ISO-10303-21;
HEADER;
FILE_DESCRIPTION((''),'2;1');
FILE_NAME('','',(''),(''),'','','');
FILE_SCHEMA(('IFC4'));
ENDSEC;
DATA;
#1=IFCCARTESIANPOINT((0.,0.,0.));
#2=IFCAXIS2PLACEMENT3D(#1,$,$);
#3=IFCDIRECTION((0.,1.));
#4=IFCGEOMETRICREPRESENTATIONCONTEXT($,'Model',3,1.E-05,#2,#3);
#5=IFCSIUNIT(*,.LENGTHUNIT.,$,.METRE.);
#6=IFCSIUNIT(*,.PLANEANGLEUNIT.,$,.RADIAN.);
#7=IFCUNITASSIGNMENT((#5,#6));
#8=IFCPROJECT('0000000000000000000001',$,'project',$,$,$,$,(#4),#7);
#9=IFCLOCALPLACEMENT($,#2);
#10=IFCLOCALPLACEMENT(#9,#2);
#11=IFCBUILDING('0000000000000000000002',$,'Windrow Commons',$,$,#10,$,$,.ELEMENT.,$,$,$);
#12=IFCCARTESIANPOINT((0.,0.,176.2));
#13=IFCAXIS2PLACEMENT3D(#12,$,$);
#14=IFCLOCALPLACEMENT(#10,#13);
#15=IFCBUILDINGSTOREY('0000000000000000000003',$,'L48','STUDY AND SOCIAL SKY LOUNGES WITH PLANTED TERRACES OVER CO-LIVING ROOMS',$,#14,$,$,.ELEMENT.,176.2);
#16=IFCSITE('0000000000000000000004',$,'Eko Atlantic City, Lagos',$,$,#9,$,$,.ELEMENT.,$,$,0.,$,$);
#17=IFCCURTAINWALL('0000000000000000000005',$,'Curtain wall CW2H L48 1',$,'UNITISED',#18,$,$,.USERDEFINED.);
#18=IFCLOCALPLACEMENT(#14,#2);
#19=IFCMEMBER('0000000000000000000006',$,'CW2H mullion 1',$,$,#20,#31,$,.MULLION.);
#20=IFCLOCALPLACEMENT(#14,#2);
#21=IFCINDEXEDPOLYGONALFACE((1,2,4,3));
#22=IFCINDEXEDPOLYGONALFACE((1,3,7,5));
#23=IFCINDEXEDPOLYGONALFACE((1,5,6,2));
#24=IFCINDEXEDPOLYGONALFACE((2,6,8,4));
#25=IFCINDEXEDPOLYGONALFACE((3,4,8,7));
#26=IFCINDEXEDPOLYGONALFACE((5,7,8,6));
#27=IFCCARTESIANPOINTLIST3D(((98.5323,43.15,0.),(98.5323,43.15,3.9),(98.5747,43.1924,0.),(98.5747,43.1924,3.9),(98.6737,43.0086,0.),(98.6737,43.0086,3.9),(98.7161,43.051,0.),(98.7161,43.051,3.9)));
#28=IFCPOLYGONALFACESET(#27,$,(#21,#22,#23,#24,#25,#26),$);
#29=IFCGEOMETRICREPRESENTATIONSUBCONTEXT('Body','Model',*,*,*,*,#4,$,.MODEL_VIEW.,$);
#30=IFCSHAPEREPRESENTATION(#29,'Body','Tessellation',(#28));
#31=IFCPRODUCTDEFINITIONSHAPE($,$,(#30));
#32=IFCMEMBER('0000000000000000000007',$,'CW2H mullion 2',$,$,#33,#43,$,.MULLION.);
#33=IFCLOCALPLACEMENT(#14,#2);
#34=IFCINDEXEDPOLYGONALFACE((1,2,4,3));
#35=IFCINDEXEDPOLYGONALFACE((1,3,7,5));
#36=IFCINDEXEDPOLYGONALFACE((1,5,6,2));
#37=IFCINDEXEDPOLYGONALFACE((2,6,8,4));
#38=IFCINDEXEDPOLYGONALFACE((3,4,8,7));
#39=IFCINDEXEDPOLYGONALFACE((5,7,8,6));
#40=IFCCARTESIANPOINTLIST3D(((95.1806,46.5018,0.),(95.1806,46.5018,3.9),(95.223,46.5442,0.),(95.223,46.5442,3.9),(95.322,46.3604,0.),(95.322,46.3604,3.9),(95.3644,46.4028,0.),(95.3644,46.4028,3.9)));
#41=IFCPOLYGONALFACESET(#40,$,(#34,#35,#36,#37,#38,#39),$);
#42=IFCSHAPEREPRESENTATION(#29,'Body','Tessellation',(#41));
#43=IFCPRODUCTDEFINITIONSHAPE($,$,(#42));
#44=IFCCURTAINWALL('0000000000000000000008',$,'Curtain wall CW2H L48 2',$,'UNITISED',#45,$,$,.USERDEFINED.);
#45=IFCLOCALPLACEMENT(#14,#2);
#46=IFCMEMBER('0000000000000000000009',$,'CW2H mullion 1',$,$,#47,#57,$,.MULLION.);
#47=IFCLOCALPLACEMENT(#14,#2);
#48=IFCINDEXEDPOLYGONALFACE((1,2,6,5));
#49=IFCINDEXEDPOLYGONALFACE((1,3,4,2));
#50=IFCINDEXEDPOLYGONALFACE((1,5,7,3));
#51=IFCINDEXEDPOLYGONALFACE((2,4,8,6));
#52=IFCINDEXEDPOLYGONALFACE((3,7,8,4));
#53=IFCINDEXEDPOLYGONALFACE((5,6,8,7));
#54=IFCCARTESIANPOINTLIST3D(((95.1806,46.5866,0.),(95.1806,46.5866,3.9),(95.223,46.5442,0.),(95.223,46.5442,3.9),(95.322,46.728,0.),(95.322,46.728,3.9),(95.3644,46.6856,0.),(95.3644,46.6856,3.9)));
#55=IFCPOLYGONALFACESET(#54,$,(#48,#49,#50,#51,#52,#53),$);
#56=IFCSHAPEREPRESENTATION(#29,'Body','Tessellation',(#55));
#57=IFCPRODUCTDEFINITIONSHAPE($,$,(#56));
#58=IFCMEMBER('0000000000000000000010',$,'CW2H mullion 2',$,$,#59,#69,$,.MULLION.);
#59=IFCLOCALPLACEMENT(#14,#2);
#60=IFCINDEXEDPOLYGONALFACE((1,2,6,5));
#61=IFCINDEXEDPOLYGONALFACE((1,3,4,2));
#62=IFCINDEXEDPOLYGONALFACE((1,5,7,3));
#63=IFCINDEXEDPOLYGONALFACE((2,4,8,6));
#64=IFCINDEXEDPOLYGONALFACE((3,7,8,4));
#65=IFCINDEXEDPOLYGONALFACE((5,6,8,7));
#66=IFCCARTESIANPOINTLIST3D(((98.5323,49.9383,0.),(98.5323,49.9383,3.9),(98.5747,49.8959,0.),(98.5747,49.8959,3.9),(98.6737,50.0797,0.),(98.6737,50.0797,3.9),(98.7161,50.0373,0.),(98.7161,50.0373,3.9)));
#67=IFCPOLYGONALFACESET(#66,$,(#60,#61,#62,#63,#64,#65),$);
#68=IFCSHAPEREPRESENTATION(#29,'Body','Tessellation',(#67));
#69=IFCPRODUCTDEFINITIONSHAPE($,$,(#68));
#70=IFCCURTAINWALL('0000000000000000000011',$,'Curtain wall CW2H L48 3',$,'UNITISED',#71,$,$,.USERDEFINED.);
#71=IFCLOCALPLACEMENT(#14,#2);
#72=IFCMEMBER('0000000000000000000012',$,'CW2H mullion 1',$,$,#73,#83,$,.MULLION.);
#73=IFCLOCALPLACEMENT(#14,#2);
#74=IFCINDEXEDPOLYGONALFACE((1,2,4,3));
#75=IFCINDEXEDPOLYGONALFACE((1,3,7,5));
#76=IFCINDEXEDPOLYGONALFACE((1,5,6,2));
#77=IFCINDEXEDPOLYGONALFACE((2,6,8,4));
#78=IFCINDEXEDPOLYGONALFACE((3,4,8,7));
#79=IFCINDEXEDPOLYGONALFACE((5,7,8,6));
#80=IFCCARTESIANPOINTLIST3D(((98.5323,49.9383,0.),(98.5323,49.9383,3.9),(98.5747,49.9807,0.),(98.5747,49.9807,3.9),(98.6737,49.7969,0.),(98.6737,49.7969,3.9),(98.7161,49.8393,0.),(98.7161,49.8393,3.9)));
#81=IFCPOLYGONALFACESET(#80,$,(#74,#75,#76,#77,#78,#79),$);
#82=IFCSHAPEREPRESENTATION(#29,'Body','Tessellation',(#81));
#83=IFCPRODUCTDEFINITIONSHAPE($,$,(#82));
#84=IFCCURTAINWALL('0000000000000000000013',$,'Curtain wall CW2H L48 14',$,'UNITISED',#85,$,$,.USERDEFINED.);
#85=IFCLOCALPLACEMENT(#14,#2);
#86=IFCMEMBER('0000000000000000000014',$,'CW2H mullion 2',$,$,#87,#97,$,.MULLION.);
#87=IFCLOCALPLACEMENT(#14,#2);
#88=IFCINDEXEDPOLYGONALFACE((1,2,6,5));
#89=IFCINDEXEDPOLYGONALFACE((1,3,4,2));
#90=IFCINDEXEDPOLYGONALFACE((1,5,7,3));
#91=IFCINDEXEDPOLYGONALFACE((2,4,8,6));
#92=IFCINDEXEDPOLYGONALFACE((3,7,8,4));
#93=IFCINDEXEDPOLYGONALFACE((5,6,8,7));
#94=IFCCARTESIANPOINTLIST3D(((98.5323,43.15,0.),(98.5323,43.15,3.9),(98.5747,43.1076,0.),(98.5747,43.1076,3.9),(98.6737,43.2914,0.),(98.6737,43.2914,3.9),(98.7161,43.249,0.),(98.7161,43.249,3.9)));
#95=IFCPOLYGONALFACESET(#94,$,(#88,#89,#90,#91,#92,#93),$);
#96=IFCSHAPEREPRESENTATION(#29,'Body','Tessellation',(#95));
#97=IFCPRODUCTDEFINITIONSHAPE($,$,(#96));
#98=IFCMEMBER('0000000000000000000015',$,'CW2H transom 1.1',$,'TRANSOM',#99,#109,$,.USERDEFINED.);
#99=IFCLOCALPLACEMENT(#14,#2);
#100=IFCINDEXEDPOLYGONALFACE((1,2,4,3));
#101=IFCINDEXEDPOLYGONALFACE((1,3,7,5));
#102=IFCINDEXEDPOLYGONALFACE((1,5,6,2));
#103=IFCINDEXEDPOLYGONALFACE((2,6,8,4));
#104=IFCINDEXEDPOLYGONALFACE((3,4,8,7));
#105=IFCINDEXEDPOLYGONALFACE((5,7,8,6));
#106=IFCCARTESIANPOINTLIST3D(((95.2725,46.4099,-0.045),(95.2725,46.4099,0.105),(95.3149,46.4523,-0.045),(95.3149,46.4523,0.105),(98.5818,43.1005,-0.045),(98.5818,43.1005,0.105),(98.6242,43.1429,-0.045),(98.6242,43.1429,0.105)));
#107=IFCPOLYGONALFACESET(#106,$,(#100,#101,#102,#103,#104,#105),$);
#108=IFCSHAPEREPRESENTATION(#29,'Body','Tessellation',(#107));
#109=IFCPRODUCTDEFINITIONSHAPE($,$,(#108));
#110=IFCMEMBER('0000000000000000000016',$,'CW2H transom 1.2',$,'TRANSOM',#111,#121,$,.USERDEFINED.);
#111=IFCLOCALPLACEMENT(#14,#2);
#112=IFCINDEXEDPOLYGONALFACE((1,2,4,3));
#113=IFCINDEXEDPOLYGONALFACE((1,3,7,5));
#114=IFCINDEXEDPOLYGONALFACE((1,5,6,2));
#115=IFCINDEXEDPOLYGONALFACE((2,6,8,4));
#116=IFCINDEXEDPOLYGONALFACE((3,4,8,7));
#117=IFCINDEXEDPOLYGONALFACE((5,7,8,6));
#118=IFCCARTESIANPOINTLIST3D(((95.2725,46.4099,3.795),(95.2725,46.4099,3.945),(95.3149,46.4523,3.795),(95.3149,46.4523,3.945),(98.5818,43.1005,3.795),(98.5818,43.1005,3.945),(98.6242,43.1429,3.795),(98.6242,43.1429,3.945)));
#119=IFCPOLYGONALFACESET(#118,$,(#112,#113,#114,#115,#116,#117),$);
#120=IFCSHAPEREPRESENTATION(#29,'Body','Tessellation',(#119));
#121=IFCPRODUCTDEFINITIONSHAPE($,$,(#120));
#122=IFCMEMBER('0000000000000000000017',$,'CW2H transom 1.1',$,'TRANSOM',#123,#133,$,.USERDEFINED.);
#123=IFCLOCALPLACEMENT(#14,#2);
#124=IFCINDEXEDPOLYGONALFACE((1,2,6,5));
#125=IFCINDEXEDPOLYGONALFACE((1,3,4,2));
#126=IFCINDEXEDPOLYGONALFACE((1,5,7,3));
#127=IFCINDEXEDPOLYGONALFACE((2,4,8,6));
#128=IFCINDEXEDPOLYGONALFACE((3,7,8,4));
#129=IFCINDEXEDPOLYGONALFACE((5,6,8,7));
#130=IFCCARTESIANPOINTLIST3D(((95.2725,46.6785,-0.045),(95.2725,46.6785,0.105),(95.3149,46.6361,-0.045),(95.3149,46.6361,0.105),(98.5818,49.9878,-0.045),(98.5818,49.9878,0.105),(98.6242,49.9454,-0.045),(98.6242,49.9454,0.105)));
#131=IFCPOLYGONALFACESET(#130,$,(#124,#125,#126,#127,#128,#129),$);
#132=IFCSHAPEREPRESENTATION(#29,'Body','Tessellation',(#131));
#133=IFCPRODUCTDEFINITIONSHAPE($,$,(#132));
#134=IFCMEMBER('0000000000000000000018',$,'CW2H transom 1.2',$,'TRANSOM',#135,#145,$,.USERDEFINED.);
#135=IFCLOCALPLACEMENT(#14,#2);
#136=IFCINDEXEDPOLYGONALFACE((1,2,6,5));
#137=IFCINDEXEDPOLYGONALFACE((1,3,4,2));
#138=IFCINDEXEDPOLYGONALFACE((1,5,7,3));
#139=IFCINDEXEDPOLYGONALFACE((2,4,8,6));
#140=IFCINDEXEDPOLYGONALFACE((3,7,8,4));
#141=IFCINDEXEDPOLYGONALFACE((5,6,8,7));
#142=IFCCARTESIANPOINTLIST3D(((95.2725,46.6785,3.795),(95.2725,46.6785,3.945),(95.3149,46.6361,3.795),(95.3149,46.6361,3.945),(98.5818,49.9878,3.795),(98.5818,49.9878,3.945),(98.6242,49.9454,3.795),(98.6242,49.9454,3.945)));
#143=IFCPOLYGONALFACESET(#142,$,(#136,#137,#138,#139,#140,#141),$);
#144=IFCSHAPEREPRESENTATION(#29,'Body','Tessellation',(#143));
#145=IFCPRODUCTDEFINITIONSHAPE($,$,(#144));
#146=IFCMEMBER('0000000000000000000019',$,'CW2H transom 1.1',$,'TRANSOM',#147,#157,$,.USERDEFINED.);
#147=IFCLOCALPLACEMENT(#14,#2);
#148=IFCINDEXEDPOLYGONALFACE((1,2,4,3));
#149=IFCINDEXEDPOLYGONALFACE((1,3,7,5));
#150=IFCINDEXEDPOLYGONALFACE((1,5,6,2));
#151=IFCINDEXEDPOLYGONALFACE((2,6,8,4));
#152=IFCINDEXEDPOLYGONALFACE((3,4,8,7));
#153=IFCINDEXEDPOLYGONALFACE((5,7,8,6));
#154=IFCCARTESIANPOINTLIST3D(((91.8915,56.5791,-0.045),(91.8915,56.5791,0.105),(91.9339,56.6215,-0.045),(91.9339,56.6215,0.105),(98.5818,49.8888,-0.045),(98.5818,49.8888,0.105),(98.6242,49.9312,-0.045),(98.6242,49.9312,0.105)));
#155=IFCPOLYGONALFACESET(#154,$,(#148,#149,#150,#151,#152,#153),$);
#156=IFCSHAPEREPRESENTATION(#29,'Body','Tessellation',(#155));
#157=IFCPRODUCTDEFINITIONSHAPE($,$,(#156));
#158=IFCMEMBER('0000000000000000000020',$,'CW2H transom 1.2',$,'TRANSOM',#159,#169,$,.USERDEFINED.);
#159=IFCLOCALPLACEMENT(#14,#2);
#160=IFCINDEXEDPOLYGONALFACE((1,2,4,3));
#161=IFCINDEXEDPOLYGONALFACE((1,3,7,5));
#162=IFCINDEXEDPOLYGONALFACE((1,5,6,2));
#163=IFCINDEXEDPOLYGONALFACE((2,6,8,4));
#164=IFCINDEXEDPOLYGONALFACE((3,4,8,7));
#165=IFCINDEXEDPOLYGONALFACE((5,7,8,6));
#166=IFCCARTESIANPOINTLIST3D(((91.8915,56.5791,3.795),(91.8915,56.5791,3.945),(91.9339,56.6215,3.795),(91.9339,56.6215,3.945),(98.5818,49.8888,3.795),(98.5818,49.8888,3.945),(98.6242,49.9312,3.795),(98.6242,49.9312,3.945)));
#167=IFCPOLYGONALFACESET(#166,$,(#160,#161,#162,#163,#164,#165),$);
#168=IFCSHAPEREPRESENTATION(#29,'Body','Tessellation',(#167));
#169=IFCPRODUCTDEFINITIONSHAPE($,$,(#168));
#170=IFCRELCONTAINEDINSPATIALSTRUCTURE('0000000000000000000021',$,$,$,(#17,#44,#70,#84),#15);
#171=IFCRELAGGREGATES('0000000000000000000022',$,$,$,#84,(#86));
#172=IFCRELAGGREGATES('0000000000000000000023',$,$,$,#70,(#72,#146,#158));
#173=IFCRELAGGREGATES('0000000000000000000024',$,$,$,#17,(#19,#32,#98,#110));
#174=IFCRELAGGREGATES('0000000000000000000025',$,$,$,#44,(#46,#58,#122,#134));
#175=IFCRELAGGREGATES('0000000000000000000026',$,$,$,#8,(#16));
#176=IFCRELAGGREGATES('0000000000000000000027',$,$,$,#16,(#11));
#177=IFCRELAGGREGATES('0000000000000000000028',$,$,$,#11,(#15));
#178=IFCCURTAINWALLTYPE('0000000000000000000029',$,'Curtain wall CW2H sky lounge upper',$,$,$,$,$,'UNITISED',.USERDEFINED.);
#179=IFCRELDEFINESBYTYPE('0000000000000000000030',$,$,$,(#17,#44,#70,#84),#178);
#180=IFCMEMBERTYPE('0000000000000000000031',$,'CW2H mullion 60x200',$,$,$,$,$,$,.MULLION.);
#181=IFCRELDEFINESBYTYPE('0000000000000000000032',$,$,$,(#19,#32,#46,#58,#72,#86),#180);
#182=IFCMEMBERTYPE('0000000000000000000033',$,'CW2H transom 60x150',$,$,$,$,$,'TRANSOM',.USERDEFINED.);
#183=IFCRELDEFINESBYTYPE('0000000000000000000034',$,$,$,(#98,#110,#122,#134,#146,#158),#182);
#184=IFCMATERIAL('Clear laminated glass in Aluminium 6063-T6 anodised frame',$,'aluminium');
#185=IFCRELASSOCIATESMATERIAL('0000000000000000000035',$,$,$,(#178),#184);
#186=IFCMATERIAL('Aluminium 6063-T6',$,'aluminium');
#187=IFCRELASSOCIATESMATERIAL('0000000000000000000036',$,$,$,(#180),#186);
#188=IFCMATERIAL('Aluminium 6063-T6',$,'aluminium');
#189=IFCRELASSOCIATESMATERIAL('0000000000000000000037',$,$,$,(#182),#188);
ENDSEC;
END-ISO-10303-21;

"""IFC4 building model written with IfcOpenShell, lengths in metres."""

from ifc_helpers import new_model, si_unit, direction, frame, origin, origin_2d, place, context, subcontext, project, spatial, rectangle, extrude, material, material_profile, profile_set, type_object, element, aggregate, save


model = new_model("IFC4")

# Units and contexts
model_context = context("Model", 3, precision=1e-05, world=origin(), true_north=direction((0.0, 1.0)))
body_context = subcontext(model_context, "Body", "Model", "MODEL_VIEW")
ifc_project = project(units=[si_unit("LENGTHUNIT", "METRE"), si_unit("PLANEANGLEUNIT", "RADIAN")], contexts=[model_context])

# Site, building, storey
site_placement = place(None, origin())
site = spatial("IfcSite", under=ifc_project, at=site_placement, Name="Eko Atlantic City, Lagos", CompositionType="ELEMENT", RefElevation=0.0)
building_placement = place(site_placement, origin())
building = spatial("IfcBuilding", under=site, at=building_placement, Name="Windrow Commons", CompositionType="ELEMENT")
storey_placement = place(building_placement, frame((0.0, 0.0, 176.2)))
storey = spatial("IfcBuildingStorey", under=building, at=storey_placement, Name="L48", Description="STUDY AND SOCIAL SKY LOUNGES WITH PLANTED TERRACES OVER CO-LIVING ROOMS", CompositionType="ELEMENT", Elevation=176.2)

# Curtain walls, members
ifc_material_1 = material(Name="Clear laminated glass in Aluminium 6063-T6 anodised frame", Category="aluminium")
curtain_wall_type = type_object("IfcCurtainWallType", Name="Curtain wall CW2H sky lounge upper", ElementType="UNITISED", PredefinedType="USERDEFINED", material=ifc_material_1)
placement = place(storey_placement, origin())
curtain_wall_1 = element("IfcCurtainWall", 1, at=placement, inside=storey, type_object=curtain_wall_type, Name="Curtain wall CW2H L48 1", ObjectType="UNITISED", PredefinedType="USERDEFINED")
ifc_material_2 = material(Name="Aluminium 6063-T6", Category="aluminium")
ifc_material_profile_1 = material_profile(ifc_material_2, rectangle(XDim=0.06, YDim=0.2, at=origin_2d()))
ifc_profile_set_1 = profile_set([ifc_material_profile_1], Name="Aluminium 6063-T6")
member_type_1 = type_object("IfcMemberType", Name="CW2H mullion 60x200", PredefinedType="MULLION", material=ifc_profile_set_1)
member_1_placement = place(storey_placement, frame((98.6242, 43.1005, 0.0), z_axis=(0.0, 0.0, 1.0), x_axis=(-0.707117, -0.707096, 0.0)))
member_1 = element("IfcMember", 2, at=member_1_placement, type_object=member_type_1, Name="CW2H mullion 1", PredefinedType="MULLION", context=body_context, shape_type="SweptSolid", body=[
    extrude(rectangle(XDim=0.06, YDim=0.2, at=origin_2d()), origin(), (0.0, 0.0, 1.0), 3.9),
])
member_2_placement = place(storey_placement, frame((95.2725, 46.4523, 0.0), z_axis=(0.0, 0.0, 1.0), x_axis=(-0.707117, -0.707096, 0.0)))
member_2 = element("IfcMember", 3, at=member_2_placement, type_object=member_type_1, Name="CW2H mullion 2", PredefinedType="MULLION", context=body_context, shape_type="SweptSolid", body=[
    extrude(rectangle(XDim=0.06, YDim=0.2, at=origin_2d()), origin(), (0.0, 0.0, 1.0), 3.9),
])
curtain_wall_2 = element("IfcCurtainWall", 4, at=placement, inside=storey, type_object=curtain_wall_type, Name="Curtain wall CW2H L48 2", ObjectType="UNITISED", PredefinedType="USERDEFINED")
member_3_placement = place(storey_placement, frame((95.2725, 46.6361, 0.0), z_axis=(0.0, 0.0, 1.0), x_axis=(-0.707107, 0.707107, 0.0)))
member_3 = element("IfcMember", 5, at=member_3_placement, type_object=member_type_1, Name="CW2H mullion 1", PredefinedType="MULLION", context=body_context, shape_type="SweptSolid", body=[
    extrude(rectangle(XDim=0.06, YDim=0.2, at=origin_2d()), origin(), (0.0, 0.0, 1.0), 3.9),
])
member_4_placement = place(storey_placement, frame((98.6242, 49.9878, 0.0), z_axis=(0.0, 0.0, 1.0), x_axis=(-0.707107, 0.707107, 0.0)))
member_4 = element("IfcMember", 6, at=member_4_placement, type_object=member_type_1, Name="CW2H mullion 2", PredefinedType="MULLION", context=body_context, shape_type="SweptSolid", body=[
    extrude(rectangle(XDim=0.06, YDim=0.2, at=origin_2d()), origin(), (0.0, 0.0, 1.0), 3.9),
])

# Curtain walls, members
curtain_wall_3 = element("IfcCurtainWall", 7, at=placement, inside=storey, type_object=curtain_wall_type, Name="Curtain wall CW2H L48 3", ObjectType="UNITISED", PredefinedType="USERDEFINED")
member_5_placement = place(storey_placement, frame((98.6242, 49.8888, 0.0), z_axis=(0.0, 0.0, 1.0), x_axis=(-0.707107, -0.707107, 0.0)))
member_5 = element("IfcMember", 8, at=member_5_placement, type_object=member_type_1, Name="CW2H mullion 1", PredefinedType="MULLION", context=body_context, shape_type="SweptSolid", body=[
    extrude(rectangle(XDim=0.06, YDim=0.2, at=origin_2d()), origin(), (0.0, 0.0, 1.0), 3.9),
])
curtain_wall_4 = element("IfcCurtainWall", 9, at=placement, inside=storey, type_object=curtain_wall_type, Name="Curtain wall CW2H L48 14", ObjectType="UNITISED", PredefinedType="USERDEFINED")
member_6_placement = place(storey_placement, frame((98.6242, 43.1995, 0.0), z_axis=(0.0, 0.0, 1.0), x_axis=(-0.707107, 0.707107, 0.0)))
member_6 = element("IfcMember", 10, at=member_6_placement, type_object=member_type_1, Name="CW2H mullion 2", PredefinedType="MULLION", context=body_context, shape_type="SweptSolid", body=[
    extrude(rectangle(XDim=0.06, YDim=0.2, at=origin_2d()), origin(), (0.0, 0.0, 1.0), 3.9),
])
aggregate(curtain_wall_4, [member_6])

# Members
ifc_material_3 = material(Name="Aluminium 6063-T6", Category="aluminium")
ifc_material_profile_2 = material_profile(ifc_material_3, rectangle(XDim=0.06, YDim=0.15, at=origin_2d()))
ifc_profile_set_2 = profile_set([ifc_material_profile_2], Name="Aluminium 6063-T6")
member_type_2 = type_object("IfcMemberType", Name="CW2H transom 60x150", ElementType="TRANSOM", PredefinedType="USERDEFINED", material=ifc_profile_set_2)
member_7_placement = place(storey_placement, frame((98.603, 43.1217, 0.03), z_axis=(-0.707096, 0.707117, 0.0), x_axis=(-0.707117, -0.707096, 0.0)))
member_7 = element("IfcMember", 11, at=member_7_placement, type_object=member_type_2, Name="CW2H transom 1.1", ObjectType="TRANSOM", PredefinedType="USERDEFINED", context=body_context, shape_type="SweptSolid", body=[
    extrude(rectangle(XDim=0.06, YDim=0.15, at=origin_2d()), origin(), (0.0, 0.0, 1.0), 4.6801),
])
member_8_placement = place(storey_placement, frame((98.603, 43.1217, 3.87), z_axis=(-0.707096, 0.707117, 0.0), x_axis=(-0.707117, -0.707096, 0.0)))
member_8 = element("IfcMember", 12, at=member_8_placement, type_object=member_type_2, Name="CW2H transom 1.2", ObjectType="TRANSOM", PredefinedType="USERDEFINED", context=body_context, shape_type="SweptSolid", body=[
    extrude(rectangle(XDim=0.06, YDim=0.15, at=origin_2d()), origin(), (0.0, 0.0, 1.0), 4.6801),
])
member_9_placement = place(storey_placement, frame((95.2937, 46.6573, 0.03), z_axis=(0.707107, 0.707107, 0.0), x_axis=(-0.707107, 0.707107, 0.0)))
member_9 = element("IfcMember", 13, at=member_9_placement, type_object=member_type_2, Name="CW2H transom 1.1", ObjectType="TRANSOM", PredefinedType="USERDEFINED", context=body_context, shape_type="SweptSolid", body=[
    extrude(rectangle(XDim=0.06, YDim=0.15, at=origin_2d()), origin(), (0.0, 0.0, 1.0), 4.6801),
])
member_10_placement = place(storey_placement, frame((95.2937, 46.6573, 3.87), z_axis=(0.707107, 0.707107, 0.0), x_axis=(-0.707107, 0.707107, 0.0)))
member_10 = element("IfcMember", 14, at=member_10_placement, type_object=member_type_2, Name="CW2H transom 1.2", ObjectType="TRANSOM", PredefinedType="USERDEFINED", context=body_context, shape_type="SweptSolid", body=[
    extrude(rectangle(XDim=0.06, YDim=0.15, at=origin_2d()), origin(), (0.0, 0.0, 1.0), 4.6801),
])
member_11_placement = place(storey_placement, frame((98.603, 49.91, 0.03), z_axis=(-0.707107, 0.707107, 0.0), x_axis=(-0.707107, -0.707107, 0.0)))
member_11 = element("IfcMember", 15, at=member_11_placement, type_object=member_type_2, Name="CW2H transom 1.1", ObjectType="TRANSOM", PredefinedType="USERDEFINED", context=body_context, shape_type="SweptSolid", body=[
    extrude(rectangle(XDim=0.06, YDim=0.15, at=origin_2d()), origin(), (0.0, 0.0, 1.0), 9.4615),
])
member_12_placement = place(storey_placement, frame((98.603, 49.91, 3.87), z_axis=(-0.707107, 0.707107, 0.0), x_axis=(-0.707107, -0.707107, 0.0)))
member_12 = element("IfcMember", 16, at=member_12_placement, type_object=member_type_2, Name="CW2H transom 1.2", ObjectType="TRANSOM", PredefinedType="USERDEFINED", context=body_context, shape_type="SweptSolid", body=[
    extrude(rectangle(XDim=0.06, YDim=0.15, at=origin_2d()), origin(), (0.0, 0.0, 1.0), 9.4615),
])
aggregate(curtain_wall_3, [member_5, member_11, member_12])

aggregate(curtain_wall_1, [member_1, member_2, member_7, member_8])
aggregate(curtain_wall_2, [member_3, member_4, member_9, member_10])

save(model, "model.ifc")
